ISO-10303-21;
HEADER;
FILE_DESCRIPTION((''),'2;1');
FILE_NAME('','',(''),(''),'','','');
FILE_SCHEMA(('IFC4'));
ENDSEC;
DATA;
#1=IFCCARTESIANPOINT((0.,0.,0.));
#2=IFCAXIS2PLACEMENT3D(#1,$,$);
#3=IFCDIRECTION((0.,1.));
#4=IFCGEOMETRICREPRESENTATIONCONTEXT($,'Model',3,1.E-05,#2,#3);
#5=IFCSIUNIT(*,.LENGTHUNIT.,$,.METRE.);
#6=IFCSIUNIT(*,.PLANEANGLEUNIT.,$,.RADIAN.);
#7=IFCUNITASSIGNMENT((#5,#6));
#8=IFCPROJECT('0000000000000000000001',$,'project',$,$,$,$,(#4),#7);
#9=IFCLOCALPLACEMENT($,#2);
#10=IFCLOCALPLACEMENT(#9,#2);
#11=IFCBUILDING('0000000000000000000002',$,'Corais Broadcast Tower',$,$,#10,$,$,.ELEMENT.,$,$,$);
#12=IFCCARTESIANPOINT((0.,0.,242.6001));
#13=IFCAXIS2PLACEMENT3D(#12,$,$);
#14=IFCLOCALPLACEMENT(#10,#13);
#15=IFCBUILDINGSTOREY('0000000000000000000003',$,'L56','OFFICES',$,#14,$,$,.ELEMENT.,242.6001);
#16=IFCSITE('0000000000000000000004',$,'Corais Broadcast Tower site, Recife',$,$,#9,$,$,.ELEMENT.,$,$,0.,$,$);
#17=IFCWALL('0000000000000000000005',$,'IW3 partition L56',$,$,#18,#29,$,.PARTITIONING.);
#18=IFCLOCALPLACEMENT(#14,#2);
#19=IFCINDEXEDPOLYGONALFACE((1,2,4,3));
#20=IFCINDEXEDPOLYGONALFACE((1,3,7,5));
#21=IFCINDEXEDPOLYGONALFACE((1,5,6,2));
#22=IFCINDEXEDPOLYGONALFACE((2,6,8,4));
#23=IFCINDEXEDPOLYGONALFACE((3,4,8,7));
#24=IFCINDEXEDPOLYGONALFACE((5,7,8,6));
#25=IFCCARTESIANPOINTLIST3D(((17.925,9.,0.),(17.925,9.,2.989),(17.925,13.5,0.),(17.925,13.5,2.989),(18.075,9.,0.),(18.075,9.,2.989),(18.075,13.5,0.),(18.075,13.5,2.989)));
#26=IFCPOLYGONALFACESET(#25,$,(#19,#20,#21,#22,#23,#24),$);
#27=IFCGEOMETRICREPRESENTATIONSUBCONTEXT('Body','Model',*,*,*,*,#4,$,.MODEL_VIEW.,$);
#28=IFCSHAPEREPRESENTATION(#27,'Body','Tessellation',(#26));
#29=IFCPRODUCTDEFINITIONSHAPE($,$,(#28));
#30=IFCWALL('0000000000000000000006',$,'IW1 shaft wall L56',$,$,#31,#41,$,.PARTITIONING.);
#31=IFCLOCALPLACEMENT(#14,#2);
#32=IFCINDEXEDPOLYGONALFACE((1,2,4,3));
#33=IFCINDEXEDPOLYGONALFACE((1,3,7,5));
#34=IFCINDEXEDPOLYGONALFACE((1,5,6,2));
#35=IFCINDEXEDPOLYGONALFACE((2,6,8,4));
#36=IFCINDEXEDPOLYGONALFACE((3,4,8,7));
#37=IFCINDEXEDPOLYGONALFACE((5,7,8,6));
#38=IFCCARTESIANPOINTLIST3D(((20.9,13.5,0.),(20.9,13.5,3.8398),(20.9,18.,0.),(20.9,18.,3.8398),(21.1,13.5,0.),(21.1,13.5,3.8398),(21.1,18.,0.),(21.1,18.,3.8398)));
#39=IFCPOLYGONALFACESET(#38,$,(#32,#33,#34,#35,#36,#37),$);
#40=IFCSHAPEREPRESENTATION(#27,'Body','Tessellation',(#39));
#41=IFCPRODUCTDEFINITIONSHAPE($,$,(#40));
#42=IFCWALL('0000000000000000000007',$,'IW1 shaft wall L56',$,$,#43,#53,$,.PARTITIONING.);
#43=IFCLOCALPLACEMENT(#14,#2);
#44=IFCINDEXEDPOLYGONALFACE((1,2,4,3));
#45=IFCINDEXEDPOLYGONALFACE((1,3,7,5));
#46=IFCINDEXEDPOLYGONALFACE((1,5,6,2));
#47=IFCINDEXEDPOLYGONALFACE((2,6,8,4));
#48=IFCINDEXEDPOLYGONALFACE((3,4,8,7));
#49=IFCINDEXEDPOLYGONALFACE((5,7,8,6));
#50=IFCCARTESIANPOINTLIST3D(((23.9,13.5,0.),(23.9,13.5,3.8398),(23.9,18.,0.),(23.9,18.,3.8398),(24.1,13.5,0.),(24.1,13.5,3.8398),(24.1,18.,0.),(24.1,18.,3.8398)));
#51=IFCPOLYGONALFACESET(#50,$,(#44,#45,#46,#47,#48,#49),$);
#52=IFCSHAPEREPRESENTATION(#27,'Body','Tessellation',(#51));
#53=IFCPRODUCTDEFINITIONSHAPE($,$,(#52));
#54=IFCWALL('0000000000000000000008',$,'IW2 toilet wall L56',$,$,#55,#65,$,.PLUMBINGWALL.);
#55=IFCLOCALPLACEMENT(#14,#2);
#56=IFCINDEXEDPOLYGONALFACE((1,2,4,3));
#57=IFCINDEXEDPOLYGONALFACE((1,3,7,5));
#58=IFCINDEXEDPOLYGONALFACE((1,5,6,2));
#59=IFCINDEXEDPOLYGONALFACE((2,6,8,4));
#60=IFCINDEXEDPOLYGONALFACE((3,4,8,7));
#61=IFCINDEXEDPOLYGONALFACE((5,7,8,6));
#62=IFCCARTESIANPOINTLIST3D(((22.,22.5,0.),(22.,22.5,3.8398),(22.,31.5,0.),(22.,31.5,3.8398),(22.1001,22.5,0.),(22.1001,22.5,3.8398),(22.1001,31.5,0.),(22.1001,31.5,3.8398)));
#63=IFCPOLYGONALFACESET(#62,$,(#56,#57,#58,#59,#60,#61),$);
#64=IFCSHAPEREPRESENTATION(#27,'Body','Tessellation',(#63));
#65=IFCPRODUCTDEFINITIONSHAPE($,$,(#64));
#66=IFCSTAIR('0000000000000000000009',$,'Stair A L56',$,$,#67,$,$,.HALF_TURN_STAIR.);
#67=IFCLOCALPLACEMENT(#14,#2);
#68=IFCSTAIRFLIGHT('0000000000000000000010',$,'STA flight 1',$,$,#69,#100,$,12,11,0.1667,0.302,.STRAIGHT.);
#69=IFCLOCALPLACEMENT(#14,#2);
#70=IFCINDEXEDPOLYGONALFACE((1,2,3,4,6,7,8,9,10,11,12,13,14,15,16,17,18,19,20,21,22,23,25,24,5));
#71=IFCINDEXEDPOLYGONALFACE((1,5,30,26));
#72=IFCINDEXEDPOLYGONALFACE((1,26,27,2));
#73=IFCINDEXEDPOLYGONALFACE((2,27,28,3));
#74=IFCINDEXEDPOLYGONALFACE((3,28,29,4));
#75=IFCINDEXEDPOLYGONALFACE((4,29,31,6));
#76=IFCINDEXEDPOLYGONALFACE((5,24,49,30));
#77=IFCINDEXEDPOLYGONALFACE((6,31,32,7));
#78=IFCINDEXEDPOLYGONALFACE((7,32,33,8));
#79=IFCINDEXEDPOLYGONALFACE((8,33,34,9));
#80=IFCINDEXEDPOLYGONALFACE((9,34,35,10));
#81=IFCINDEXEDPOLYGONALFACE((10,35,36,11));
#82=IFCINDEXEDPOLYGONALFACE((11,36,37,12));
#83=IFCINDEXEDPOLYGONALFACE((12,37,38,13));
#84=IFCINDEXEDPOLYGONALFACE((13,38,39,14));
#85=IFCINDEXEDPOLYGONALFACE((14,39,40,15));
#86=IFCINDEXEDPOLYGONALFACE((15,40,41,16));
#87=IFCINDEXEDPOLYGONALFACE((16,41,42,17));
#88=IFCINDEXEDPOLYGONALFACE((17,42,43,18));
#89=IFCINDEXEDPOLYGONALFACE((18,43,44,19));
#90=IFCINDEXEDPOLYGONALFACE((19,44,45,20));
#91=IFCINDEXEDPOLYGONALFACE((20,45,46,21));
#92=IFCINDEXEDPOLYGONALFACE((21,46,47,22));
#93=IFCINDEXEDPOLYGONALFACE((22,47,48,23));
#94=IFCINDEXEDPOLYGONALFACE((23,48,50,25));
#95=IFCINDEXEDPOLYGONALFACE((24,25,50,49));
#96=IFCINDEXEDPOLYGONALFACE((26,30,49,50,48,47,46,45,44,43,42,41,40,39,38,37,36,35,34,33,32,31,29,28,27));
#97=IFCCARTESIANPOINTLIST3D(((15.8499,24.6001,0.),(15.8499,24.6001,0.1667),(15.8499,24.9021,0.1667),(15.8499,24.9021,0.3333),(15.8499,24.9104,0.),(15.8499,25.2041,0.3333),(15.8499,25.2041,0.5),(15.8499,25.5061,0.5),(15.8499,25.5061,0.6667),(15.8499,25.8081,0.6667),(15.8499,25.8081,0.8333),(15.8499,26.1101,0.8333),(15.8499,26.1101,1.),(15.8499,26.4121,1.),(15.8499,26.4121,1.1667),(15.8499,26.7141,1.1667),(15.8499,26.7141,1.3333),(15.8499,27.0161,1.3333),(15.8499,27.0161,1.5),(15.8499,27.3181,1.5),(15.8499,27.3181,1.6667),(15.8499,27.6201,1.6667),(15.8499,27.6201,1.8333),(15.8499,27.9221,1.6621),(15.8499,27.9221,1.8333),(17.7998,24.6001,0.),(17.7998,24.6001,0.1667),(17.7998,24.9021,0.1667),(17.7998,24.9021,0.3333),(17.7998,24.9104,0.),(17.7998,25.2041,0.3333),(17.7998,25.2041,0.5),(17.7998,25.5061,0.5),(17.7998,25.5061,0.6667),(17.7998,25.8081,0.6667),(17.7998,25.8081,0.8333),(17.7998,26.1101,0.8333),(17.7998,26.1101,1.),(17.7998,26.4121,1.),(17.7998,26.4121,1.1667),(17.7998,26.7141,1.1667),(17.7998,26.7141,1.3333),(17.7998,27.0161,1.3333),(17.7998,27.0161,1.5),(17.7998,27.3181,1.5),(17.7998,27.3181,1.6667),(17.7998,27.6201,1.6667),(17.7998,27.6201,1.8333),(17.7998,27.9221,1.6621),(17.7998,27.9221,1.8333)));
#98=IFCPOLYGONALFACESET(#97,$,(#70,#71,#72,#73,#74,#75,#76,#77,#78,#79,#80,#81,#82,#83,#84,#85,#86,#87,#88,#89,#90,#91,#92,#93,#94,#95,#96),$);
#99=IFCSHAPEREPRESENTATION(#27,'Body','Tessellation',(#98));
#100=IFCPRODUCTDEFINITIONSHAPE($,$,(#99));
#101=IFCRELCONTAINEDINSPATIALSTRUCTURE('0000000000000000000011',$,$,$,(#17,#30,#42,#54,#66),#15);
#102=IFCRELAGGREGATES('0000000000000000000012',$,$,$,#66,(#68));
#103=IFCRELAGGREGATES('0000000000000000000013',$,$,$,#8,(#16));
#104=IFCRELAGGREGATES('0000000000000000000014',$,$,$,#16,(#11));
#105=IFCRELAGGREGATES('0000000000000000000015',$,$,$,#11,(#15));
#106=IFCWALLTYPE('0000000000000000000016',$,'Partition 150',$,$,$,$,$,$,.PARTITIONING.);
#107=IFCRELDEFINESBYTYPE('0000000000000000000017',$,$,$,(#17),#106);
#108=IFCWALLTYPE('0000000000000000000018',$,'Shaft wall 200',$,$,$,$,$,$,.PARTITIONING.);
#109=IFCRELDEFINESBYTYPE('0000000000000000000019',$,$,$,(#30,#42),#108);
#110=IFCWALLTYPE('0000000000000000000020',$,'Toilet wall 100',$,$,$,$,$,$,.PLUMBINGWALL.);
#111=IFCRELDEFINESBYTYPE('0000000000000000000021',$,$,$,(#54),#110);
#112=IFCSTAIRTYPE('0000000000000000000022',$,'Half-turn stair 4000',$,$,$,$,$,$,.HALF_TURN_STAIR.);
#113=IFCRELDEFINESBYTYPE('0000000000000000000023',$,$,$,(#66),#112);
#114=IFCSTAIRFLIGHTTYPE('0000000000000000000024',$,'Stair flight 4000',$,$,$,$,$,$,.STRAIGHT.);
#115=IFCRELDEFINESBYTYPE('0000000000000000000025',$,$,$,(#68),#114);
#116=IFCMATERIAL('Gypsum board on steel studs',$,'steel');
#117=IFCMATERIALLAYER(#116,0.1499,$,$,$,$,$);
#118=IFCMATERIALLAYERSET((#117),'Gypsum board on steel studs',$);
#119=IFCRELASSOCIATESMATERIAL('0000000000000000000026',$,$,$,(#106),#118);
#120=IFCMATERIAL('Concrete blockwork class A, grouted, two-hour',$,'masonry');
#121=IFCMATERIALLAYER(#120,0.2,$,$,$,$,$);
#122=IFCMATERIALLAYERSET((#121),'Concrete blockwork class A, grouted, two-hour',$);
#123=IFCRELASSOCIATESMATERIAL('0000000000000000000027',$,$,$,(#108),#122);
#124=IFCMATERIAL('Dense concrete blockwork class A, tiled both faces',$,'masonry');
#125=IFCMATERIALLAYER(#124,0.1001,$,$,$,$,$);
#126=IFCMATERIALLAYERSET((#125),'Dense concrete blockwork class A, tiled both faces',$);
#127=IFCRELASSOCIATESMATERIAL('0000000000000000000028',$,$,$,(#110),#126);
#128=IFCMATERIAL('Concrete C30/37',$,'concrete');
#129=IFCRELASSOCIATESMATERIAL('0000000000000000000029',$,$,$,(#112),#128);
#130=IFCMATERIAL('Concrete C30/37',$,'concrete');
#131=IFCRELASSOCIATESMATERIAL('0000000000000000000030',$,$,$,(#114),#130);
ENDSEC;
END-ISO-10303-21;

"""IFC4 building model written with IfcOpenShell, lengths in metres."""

from ifc_helpers import new_model, si_unit, direction, frame, frame_2d, origin, place, context, subcontext, project, spatial, polyline, rectangle, outline, extrude, material, layer, layer_set, type_object, element, aggregate, save


model = new_model("IFC4")

# Units and contexts
model_context = context("Model", 3, precision=1e-05, world=origin(), true_north=direction((0.0, 1.0)))
body_context = subcontext(model_context, "Body", "Model", "MODEL_VIEW")
ifc_project = project(units=[si_unit("LENGTHUNIT", "METRE"), si_unit("PLANEANGLEUNIT", "RADIAN")], contexts=[model_context])

# Site, building, storey
site_placement = place(None, origin())
site = spatial("IfcSite", under=ifc_project, at=site_placement, Name="Corais Broadcast Tower site, Recife", CompositionType="ELEMENT", RefElevation=0.0)
building_placement = place(site_placement, origin())
building = spatial("IfcBuilding", under=site, at=building_placement, Name="Corais Broadcast Tower", CompositionType="ELEMENT")
storey_placement = place(building_placement, frame((0.0, 0.0, 242.6001)))
storey = spatial("IfcBuildingStorey", under=building, at=storey_placement, Name="L56", Description="OFFICES", CompositionType="ELEMENT", Elevation=242.6001)

# Walls
ifc_material_1 = material(Name="Gypsum board on steel studs", Category="steel")
ifc_layer_1 = layer(ifc_material_1, 0.1499)
ifc_layer_set_1 = layer_set([ifc_layer_1], Name="Gypsum board on steel studs")
wall_type_1 = type_object("IfcWallType", Name="Partition 150", PredefinedType="PARTITIONING", material=ifc_layer_set_1)
wall_1_placement = place(storey_placement, frame((18.0, 13.5, 0.0), z_axis=(0.0, 0.0, 1.0), x_axis=(0.0, -1.0, 0.0)))
element("IfcWall", 1, at=wall_1_placement, inside=storey, type_object=wall_type_1, Name="IW3 partition L56", PredefinedType="PARTITIONING", context=body_context, shape_type="SweptSolid", body=[
    extrude(rectangle(XDim=4.5, YDim=0.1499, at=frame_2d((2.25, 0.0))), origin(), (0.0, 0.0, 1.0), 2.989),
])
ifc_material_2 = material(Name="Concrete blockwork class A, grouted, two-hour", Category="masonry")
ifc_layer_2 = layer(ifc_material_2, 0.2)
ifc_layer_set_2 = layer_set([ifc_layer_2], Name="Concrete blockwork class A, grouted, two-hour")
wall_type_2 = type_object("IfcWallType", Name="Shaft wall 200", PredefinedType="PARTITIONING", material=ifc_layer_set_2)
for number, where, z_axis, x_axis, name in (
    (2, (21.0, 13.5, 0.0), (0.0, 0.0, 1.0), (0.0, 1.0, 0.0), "IW1 shaft wall L56"),
    (3, (24.0, 13.5, 0.0), (0.0, 0.0, 1.0), (0.0, 1.0, 0.0), "IW1 shaft wall L56"),
):
    element("IfcWall", number, at=place(storey_placement, frame(where, z_axis=z_axis, x_axis=x_axis)), inside=storey, type_object=wall_type_2, Name=name, PredefinedType="PARTITIONING", context=body_context, shape_type="SweptSolid", body=[
        extrude(rectangle(XDim=4.5, YDim=0.2, at=frame_2d((2.25, 0.0))), origin(), (0.0, 0.0, 1.0), 3.8398),
    ])
ifc_material_3 = material(Name="Dense concrete blockwork class A, tiled both faces", Category="masonry")
ifc_layer_3 = layer(ifc_material_3, 0.1001)
ifc_layer_set_3 = layer_set([ifc_layer_3], Name="Dense concrete blockwork class A, tiled both faces")
wall_type_3 = type_object("IfcWallType", Name="Toilet wall 100", PredefinedType="PLUMBINGWALL", material=ifc_layer_set_3)
wall_2_placement = place(storey_placement, frame((22.05, 22.5, 0.0), z_axis=(0.0, 0.0, 1.0), x_axis=(0.0, 1.0, 0.0)))
element("IfcWall", 4, at=wall_2_placement, inside=storey, type_object=wall_type_3, Name="IW2 toilet wall L56", PredefinedType="PLUMBINGWALL", context=body_context, shape_type="SweptSolid", body=[
    extrude(rectangle(XDim=9.0, YDim=0.1001, at=frame_2d((4.5, 0.0))), origin(), (0.0, 0.0, 1.0), 3.8398),
])

# Stair, stair flight
ifc_material_4 = material(Name="Concrete C30/37", Category="concrete")
stair_type = type_object("IfcStairType", Name="Half-turn stair 4000", PredefinedType="HALF_TURN_STAIR", material=ifc_material_4)
stair_placement = place(storey_placement, origin())
stair = element("IfcStair", 5, at=stair_placement, inside=storey, type_object=stair_type, Name="Stair A L56", PredefinedType="HALF_TURN_STAIR")
ifc_material_5 = material(Name="Concrete C30/37", Category="concrete")
stair_flight_type = type_object("IfcStairFlightType", Name="Stair flight 4000", PredefinedType="STRAIGHT", material=ifc_material_5)
stair_flight_placement = place(storey_placement, frame((16.825, 24.6001, 0.0), z_axis=(0.0, 0.0, 1.0), x_axis=(0.0, 1.0, 0.0)))
stair_flight = element("IfcStairFlight", 6, at=stair_flight_placement, type_object=stair_flight_type, Name="STA flight 1", NumberOfRisers=12, NumberOfTreads=11, PredefinedType="STRAIGHT", RiserHeight=0.1667, TreadLength=0.302, context=body_context, shape_type="SweptSolid", body=[
    extrude(outline(polyline([(0.0, 0.0), (0.0, 0.1667), (0.302, 0.1667), (0.302, 0.3333), (0.604, 0.3333), (0.604, 0.5), (0.906, 0.5), (0.906, 0.6667), (1.208, 0.6667), (1.208, 0.8333), (1.51, 0.8333), (1.51, 1.0), (1.812, 1.0), (1.812, 1.1667), (2.114, 1.1667), (2.114, 1.3333), (2.416, 1.3333), (2.416, 1.5), (2.718, 1.5), (2.718, 1.6667), (3.02, 1.6667), (3.02, 1.8333), (3.322, 1.8333), (3.322, 2.0), (3.322, 1.6621), (0.3103, 0.0), (0.0, 0.0)])), frame((0.0, 0.9751, 0.0), z_axis=(0.0, -1.0, 0.0), x_axis=(1.0, 0.0, 0.0)), (0.0, 0.0, 1.0), 1.95),
])
aggregate(stair, [stair_flight])

save(model, "model.ifc")
